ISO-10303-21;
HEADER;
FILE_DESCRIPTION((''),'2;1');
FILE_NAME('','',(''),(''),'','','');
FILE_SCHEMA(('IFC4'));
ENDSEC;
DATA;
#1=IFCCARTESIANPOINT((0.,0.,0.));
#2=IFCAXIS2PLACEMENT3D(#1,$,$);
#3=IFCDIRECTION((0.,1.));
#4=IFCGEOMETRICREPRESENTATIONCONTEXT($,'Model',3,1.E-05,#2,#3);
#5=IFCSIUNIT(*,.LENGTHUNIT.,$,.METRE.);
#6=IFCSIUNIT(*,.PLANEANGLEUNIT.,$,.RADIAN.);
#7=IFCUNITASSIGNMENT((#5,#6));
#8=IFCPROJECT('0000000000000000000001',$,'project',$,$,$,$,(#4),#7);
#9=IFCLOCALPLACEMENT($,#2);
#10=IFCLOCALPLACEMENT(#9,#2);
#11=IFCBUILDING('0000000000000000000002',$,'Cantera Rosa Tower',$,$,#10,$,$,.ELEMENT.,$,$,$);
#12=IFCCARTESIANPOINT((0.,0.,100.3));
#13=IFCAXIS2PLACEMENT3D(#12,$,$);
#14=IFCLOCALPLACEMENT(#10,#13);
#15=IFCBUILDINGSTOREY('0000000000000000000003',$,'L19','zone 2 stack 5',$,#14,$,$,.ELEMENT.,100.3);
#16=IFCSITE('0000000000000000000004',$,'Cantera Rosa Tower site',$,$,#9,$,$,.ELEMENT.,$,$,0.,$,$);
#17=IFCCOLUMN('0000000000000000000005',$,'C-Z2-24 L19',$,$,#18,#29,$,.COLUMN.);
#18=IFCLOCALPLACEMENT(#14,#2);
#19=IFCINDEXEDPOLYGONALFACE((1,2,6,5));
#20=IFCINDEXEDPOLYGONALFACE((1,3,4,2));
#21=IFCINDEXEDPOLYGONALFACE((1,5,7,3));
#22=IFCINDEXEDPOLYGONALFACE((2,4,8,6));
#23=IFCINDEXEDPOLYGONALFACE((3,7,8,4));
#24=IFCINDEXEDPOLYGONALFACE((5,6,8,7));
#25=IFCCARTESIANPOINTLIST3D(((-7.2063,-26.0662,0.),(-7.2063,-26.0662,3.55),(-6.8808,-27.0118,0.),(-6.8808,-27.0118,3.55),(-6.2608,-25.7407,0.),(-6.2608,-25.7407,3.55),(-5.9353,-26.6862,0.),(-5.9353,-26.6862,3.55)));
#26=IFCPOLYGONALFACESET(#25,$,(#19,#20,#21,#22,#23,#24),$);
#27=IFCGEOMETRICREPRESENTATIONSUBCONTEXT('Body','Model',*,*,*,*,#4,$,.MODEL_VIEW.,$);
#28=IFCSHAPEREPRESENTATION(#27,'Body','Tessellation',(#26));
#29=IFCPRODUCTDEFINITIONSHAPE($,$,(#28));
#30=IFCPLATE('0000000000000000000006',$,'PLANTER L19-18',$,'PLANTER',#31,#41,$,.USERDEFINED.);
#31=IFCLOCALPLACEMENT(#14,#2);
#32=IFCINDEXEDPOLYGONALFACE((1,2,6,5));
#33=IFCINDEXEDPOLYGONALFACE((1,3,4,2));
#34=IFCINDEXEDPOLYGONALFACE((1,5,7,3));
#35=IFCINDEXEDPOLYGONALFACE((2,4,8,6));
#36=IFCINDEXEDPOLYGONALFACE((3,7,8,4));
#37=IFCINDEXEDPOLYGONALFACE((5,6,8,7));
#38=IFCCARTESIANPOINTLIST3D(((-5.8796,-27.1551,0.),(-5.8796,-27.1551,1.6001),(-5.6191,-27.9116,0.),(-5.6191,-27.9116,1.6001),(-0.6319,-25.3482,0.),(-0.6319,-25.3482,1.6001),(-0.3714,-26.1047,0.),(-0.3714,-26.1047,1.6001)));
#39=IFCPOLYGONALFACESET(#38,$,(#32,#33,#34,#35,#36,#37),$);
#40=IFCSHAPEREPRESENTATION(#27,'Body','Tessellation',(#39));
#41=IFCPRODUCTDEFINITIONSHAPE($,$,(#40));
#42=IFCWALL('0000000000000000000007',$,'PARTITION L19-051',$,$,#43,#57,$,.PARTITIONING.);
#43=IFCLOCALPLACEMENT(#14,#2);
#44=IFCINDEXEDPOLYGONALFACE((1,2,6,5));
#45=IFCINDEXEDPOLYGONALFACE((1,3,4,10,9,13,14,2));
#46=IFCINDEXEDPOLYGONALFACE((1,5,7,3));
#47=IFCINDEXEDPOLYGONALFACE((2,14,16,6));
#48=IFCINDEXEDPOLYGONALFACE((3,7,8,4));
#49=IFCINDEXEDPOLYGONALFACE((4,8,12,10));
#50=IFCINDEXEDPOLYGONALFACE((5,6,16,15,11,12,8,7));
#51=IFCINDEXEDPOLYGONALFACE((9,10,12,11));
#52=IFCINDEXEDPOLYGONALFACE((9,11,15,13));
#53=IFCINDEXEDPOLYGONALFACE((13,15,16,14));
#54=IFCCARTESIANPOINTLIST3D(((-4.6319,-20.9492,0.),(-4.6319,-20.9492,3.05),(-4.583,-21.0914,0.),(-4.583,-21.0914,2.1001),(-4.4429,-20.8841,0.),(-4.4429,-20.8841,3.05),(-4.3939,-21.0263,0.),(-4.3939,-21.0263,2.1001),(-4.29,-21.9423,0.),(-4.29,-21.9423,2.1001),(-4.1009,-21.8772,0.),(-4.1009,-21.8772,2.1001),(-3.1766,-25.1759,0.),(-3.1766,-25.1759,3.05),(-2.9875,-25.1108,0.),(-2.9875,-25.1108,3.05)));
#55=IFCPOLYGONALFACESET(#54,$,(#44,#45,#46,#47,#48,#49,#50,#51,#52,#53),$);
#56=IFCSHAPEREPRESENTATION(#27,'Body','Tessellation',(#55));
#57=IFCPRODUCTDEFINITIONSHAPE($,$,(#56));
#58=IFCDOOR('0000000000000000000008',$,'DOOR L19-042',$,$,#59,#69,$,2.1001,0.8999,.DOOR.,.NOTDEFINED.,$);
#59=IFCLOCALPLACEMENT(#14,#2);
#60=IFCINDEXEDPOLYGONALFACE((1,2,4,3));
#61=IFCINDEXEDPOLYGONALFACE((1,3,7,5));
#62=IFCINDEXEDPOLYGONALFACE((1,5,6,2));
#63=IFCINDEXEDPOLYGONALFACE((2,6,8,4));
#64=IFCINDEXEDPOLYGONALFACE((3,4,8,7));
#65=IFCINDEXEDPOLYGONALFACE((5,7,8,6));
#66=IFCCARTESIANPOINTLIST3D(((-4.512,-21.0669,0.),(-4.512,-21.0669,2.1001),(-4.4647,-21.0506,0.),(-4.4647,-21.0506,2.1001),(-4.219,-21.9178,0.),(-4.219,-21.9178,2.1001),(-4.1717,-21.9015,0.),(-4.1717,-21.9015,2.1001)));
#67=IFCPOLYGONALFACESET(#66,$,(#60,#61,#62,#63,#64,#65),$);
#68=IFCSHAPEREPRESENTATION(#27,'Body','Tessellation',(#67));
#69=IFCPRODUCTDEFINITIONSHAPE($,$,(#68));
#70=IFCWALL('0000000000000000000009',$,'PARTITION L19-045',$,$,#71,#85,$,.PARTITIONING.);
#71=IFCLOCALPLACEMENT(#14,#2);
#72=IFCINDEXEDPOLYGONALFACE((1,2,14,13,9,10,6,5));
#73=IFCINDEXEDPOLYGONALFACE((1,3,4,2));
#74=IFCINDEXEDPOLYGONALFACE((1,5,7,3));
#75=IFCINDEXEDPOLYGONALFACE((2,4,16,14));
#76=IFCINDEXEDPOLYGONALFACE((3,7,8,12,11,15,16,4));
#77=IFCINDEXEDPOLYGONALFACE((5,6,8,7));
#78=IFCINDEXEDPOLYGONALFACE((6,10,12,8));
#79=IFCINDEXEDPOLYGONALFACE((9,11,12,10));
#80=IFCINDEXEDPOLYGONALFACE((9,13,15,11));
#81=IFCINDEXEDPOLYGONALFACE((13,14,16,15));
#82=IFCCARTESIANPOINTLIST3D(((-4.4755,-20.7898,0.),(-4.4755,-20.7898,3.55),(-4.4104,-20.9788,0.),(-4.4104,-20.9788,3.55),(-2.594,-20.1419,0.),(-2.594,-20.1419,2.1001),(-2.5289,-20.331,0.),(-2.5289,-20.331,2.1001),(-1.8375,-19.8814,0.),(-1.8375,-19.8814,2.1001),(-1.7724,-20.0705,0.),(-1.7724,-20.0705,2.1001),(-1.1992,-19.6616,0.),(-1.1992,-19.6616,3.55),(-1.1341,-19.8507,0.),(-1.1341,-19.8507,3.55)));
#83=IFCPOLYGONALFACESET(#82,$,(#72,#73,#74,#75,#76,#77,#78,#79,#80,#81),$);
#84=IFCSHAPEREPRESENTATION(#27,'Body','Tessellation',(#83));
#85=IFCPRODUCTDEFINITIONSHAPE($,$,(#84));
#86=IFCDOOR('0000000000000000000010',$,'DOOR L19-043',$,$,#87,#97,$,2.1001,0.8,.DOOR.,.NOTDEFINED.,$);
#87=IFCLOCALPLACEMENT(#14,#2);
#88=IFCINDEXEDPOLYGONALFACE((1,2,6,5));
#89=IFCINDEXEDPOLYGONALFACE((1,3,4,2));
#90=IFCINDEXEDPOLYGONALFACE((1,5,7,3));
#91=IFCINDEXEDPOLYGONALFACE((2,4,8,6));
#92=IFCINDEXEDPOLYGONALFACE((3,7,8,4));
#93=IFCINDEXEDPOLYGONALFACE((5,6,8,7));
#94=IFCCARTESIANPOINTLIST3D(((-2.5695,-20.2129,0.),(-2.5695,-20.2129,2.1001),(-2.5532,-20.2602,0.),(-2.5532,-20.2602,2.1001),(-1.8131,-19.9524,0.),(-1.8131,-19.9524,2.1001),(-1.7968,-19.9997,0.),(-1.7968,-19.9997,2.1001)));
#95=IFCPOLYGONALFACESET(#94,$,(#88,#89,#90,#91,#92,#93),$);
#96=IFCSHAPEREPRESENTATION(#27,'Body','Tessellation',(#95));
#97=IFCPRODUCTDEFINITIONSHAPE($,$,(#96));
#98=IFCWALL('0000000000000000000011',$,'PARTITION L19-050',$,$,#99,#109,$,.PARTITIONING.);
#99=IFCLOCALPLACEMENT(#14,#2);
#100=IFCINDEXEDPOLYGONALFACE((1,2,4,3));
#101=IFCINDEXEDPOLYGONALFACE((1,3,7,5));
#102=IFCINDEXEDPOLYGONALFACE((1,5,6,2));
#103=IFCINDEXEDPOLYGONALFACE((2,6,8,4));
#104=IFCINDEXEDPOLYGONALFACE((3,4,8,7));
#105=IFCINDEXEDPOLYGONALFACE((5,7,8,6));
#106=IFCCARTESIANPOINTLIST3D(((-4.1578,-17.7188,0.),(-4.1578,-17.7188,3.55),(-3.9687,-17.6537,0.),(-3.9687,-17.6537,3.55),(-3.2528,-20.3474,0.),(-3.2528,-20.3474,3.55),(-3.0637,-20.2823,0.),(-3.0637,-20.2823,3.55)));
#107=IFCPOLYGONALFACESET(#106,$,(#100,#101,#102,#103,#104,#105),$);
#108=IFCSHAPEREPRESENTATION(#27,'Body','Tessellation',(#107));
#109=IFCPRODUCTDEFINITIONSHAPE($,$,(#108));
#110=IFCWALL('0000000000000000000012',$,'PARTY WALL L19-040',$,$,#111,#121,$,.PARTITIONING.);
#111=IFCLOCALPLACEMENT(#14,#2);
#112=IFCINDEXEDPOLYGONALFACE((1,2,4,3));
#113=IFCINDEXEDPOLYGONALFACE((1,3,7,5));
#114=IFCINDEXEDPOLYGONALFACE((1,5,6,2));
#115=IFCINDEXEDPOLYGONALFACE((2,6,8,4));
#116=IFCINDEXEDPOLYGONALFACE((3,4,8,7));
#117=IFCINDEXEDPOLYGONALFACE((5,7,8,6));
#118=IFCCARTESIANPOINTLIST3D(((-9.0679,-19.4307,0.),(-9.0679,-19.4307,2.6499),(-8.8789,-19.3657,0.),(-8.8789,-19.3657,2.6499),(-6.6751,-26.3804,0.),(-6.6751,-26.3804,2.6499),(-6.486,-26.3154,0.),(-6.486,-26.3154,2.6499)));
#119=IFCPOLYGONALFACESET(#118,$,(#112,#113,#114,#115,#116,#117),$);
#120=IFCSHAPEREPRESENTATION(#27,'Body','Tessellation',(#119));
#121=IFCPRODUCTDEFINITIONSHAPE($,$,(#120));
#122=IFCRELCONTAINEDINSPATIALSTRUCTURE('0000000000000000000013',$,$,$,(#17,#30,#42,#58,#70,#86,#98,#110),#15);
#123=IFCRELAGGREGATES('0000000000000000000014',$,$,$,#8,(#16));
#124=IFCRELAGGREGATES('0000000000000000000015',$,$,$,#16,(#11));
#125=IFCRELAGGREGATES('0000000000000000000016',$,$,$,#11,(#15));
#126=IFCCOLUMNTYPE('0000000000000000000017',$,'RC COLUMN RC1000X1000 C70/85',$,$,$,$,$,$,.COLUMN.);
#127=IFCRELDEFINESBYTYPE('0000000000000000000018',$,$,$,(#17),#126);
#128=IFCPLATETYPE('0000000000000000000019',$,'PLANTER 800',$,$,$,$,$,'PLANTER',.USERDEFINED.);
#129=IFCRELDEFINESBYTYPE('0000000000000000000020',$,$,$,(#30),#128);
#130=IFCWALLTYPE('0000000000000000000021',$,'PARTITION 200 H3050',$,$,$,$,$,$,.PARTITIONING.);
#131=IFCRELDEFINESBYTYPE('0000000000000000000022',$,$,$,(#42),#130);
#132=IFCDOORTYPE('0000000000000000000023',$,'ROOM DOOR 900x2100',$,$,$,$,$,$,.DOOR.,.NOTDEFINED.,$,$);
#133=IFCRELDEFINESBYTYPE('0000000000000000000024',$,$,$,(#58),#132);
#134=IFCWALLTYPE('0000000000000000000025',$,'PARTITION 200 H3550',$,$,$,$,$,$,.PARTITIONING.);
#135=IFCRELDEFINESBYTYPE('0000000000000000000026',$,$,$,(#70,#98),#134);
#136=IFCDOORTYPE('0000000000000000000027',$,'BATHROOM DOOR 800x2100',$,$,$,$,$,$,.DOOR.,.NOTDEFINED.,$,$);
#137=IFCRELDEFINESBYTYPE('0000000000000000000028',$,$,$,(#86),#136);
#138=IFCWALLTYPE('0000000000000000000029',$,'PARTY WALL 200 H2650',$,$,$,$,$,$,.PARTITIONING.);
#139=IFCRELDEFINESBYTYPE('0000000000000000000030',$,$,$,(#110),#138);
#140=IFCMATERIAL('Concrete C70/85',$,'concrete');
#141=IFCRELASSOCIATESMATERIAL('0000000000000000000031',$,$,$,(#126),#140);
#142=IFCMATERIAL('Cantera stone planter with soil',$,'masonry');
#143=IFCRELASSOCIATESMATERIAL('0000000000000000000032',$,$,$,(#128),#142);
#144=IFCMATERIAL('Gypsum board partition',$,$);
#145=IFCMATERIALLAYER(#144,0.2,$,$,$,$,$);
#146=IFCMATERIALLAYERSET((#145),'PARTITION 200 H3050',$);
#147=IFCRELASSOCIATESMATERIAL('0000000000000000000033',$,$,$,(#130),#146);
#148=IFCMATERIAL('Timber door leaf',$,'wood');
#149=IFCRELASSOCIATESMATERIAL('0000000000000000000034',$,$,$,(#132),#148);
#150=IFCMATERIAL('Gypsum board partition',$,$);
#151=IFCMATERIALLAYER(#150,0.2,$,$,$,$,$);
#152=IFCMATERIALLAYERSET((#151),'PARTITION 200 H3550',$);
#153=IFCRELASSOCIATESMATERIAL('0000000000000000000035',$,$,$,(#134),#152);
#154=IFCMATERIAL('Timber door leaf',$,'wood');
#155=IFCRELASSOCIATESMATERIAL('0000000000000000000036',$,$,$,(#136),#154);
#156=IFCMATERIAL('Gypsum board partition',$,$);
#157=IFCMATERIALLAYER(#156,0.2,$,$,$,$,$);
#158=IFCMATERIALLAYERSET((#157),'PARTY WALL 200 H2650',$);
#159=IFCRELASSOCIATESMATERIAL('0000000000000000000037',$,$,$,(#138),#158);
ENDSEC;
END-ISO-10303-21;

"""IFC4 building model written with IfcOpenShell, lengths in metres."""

from ifc_helpers import new_model, si_unit, direction, frame, frame_2d, origin, origin_2d, place, context, subcontext, project, spatial, rectangle, extrude, material, layer, layer_set, material_profile, profile_set, type_object, element, fill, save


model = new_model("IFC4")

# Units and contexts
model_context = context("Model", 3, precision=1e-05, world=origin(), true_north=direction((0.0, 1.0)))
body_context = subcontext(model_context, "Body", "Model", "MODEL_VIEW")
ifc_project = project(units=[si_unit("LENGTHUNIT", "METRE"), si_unit("PLANEANGLEUNIT", "RADIAN")], contexts=[model_context])

# Site, building, storey
site_placement = place(None, origin())
site = spatial("IfcSite", under=ifc_project, at=site_placement, Name="Cantera Rosa Tower site", CompositionType="ELEMENT", RefElevation=0.0)
building_placement = place(site_placement, origin())
building = spatial("IfcBuilding", under=site, at=building_placement, Name="Cantera Rosa Tower", CompositionType="ELEMENT")
storey_placement = place(building_placement, frame((0.0, 0.0, 100.3)))
storey = spatial("IfcBuildingStorey", under=building, at=storey_placement, Name="L19", Description="zone 2 stack 5", CompositionType="ELEMENT", Elevation=100.3)

# Column
ifc_material_1 = material(Name="Concrete C70/85", Category="concrete")
ifc_material_profile = material_profile(ifc_material_1, rectangle(XDim=1.0, YDim=1.0, at=origin_2d()), Name="RC COLUMN RC1000X1000 C70/85")
ifc_profile_set = profile_set([ifc_material_profile], Name="Concrete C70/85")
column_type = type_object("IfcColumnType", Name="RC COLUMN RC1000X1000 C70/85", PredefinedType="COLUMN", material=ifc_profile_set)
column_placement = place(storey_placement, frame((-6.5708, -26.3762, 0.0), z_axis=(0.0, 0.0, 1.0), x_axis=(0.945519, 0.325568, 0.0)))
element("IfcColumn", 1, at=column_placement, inside=storey, type_object=column_type, Name="C-Z2-24 L19", PredefinedType="COLUMN", context=body_context, shape_type="SweptSolid", body=[
    extrude(rectangle(XDim=1.0, YDim=1.0, at=origin_2d()), origin(), (0.0, 0.0, 1.0), 3.55),
])

# Plate
ifc_material_2 = material(Name="Cantera stone planter with soil", Category="masonry")
plate_type = type_object("IfcPlateType", Name="PLANTER 800", ElementType="PLANTER", PredefinedType="USERDEFINED", material=ifc_material_2)
plate_placement = place(storey_placement, frame((-3.1255, -26.6299, 0.0), z_axis=(0.0, 0.0, 1.0), x_axis=(0.945519, 0.325568, 0.0)))
element("IfcPlate", 2, at=plate_placement, inside=storey, type_object=plate_type, Name="PLANTER L19-18", ObjectType="PLANTER", PredefinedType="USERDEFINED", context=body_context, shape_type="SweptSolid", body=[
    extrude(rectangle(XDim=5.55, YDim=0.8, at=origin_2d()), origin(), (0.0, 0.0, 1.0), 1.6001),
])

# Walls, openings, doors
ifc_material_3 = material(Name="Gypsum board partition")
ifc_layer_1 = layer(ifc_material_3, 0.2)
ifc_layer_set_1 = layer_set([ifc_layer_1], Name="PARTITION 200 H3050")
wall_type_1 = type_object("IfcWallType", Name="PARTITION 200 H3050", PredefinedType="PARTITIONING", material=ifc_layer_set_1)
wall_1_placement = place(storey_placement, frame((-3.082, -25.1433, 0.0), z_axis=(0.0, 0.0, 1.0), x_axis=(-0.325568, 0.945519, 0.0)))
wall_1 = element("IfcWall", 3, at=wall_1_placement, inside=storey, type_object=wall_type_1, Name="PARTITION L19-051", PredefinedType="PARTITIONING", context=body_context, shape_type="SweptSolid", body=[
    extrude(rectangle(XDim=4.4702, YDim=0.2, at=frame_2d((2.2351, 0.0))), origin(), (0.0, 0.0, 1.0), 3.05),
])
opening_1_placement = place(wall_1_placement, frame((3.4199, 0.0, 0.0)))
opening_1 = element("IfcOpeningElement", 4, at=opening_1_placement, cuts=wall_1, PredefinedType="OPENING", context=body_context, shape_type="SweptSolid", body=[
    extrude(rectangle(XDim=0.8999, YDim=2.1001, at=frame_2d((0.45, 1.05))), frame((0.0, 0.1099, 0.0), z_axis=(0.0, -1.0, 0.0), x_axis=(1.0, 0.0, 0.0)), (0.0, 0.0, 1.0), 0.22),
])
ifc_material_4 = material(Name="Timber door leaf", Category="wood")
door_type_1 = type_object("IfcDoorType", Name="ROOM DOOR 900x2100", OperationType="NOTDEFINED", PredefinedType="DOOR", material=ifc_material_4)
door_1_placement = place(opening_1_placement, origin())
door_1 = element("IfcDoor", 5, at=door_1_placement, inside=storey, type_object=door_type_1, Name="DOOR L19-042", OperationType="NOTDEFINED", OverallHeight=2.1001, OverallWidth=0.8999, PredefinedType="DOOR", context=body_context, shape_type="SweptSolid", body=[
    extrude(rectangle(XDim=0.8999, YDim=2.1001, at=frame_2d((0.45, 1.05))), frame((0.0, 0.0249, 0.0), z_axis=(0.0, -1.0, 0.0), x_axis=(1.0, 0.0, 0.0)), (0.0, 0.0, 1.0), 0.05),
])
fill(opening_1, door_1)
ifc_material_5 = material(Name="Gypsum board partition")
ifc_layer_2 = layer(ifc_material_5, 0.2)
ifc_layer_set_2 = layer_set([ifc_layer_2], Name="PARTITION 200 H3550")
wall_type_2 = type_object("IfcWallType", Name="PARTITION 200 H3550", PredefinedType="PARTITIONING", material=ifc_layer_set_2)
wall_2_placement = place(storey_placement, frame((-4.4429, -20.8843, 0.0), z_axis=(0.0, 0.0, 1.0), x_axis=(0.945516, 0.325576, 0.0)))
wall_2 = element("IfcWall", 6, at=wall_2_placement, inside=storey, type_object=wall_type_2, Name="PARTITION L19-045", PredefinedType="PARTITIONING", context=body_context, shape_type="SweptSolid", body=[
    extrude(rectangle(XDim=3.4651, YDim=0.2, at=frame_2d((1.7324, 0.0))), origin(), (0.0, 0.0, 1.0), 3.55),
])
opening_2_placement = place(wall_2_placement, frame((1.99, 0.0, 0.0)))
opening_2 = element("IfcOpeningElement", 7, at=opening_2_placement, cuts=wall_2, PredefinedType="OPENING", context=body_context, shape_type="SweptSolid", body=[
    extrude(rectangle(XDim=0.8, YDim=2.1001, at=frame_2d((0.3999, 1.05))), frame((0.0, 0.1099, 0.0), z_axis=(0.0, -1.0, 0.0), x_axis=(1.0, 0.0, 0.0)), (0.0, 0.0, 1.0), 0.22),
])
ifc_material_6 = material(Name="Timber door leaf", Category="wood")
door_type_2 = type_object("IfcDoorType", Name="BATHROOM DOOR 800x2100", OperationType="NOTDEFINED", PredefinedType="DOOR", material=ifc_material_6)
door_2_placement = place(opening_2_placement, origin())
door_2 = element("IfcDoor", 8, at=door_2_placement, inside=storey, type_object=door_type_2, Name="DOOR L19-043", OperationType="NOTDEFINED", OverallHeight=2.1001, OverallWidth=0.8, PredefinedType="DOOR", context=body_context, shape_type="SweptSolid", body=[
    extrude(rectangle(XDim=0.8, YDim=2.1001, at=frame_2d((0.3999, 1.05))), frame((0.0, 0.0249, 0.0), z_axis=(0.0, -1.0, 0.0), x_axis=(1.0, 0.0, 0.0)), (0.0, 0.0, 1.0), 0.05),
])
fill(opening_2, door_2)

# Walls
wall_3_placement = place(storey_placement, frame((-3.1582, -20.3149, 0.0), z_axis=(0.0, 0.0, 1.0), x_axis=(-0.325539, 0.945529, 0.0)))
element("IfcWall", 9, at=wall_3_placement, inside=storey, type_object=wall_type_2, Name="PARTITION L19-050", PredefinedType="PARTITIONING", context=body_context, shape_type="SweptSolid", body=[
    extrude(rectangle(XDim=2.78, YDim=0.2, at=frame_2d((1.3901, 0.0))), origin(), (0.0, 0.0, 1.0), 3.55),
])
ifc_material_7 = material(Name="Gypsum board partition")
ifc_layer_3 = layer(ifc_material_7, 0.2)
ifc_layer_set_3 = layer_set([ifc_layer_3], Name="PARTY WALL 200 H2650")
wall_type_3 = type_object("IfcWallType", Name="PARTY WALL 200 H2650", PredefinedType="PARTITIONING", material=ifc_layer_set_3)
wall_4_placement = place(storey_placement, frame((-6.5806, -26.3479, 0.0), z_axis=(0.0, 0.0, 1.0), x_axis=(-0.325549, 0.945525, 0.0)))
element("IfcWall", 10, at=wall_4_placement, inside=storey, type_object=wall_type_3, Name="PARTY WALL L19-040", PredefinedType="PARTITIONING", context=body_context, shape_type="SweptSolid", body=[
    extrude(rectangle(XDim=7.3501, YDim=0.2, at=frame_2d((3.675, 0.0))), origin(), (0.0, 0.0, 1.0), 2.6499),
])

save(model, "model.ifc")
